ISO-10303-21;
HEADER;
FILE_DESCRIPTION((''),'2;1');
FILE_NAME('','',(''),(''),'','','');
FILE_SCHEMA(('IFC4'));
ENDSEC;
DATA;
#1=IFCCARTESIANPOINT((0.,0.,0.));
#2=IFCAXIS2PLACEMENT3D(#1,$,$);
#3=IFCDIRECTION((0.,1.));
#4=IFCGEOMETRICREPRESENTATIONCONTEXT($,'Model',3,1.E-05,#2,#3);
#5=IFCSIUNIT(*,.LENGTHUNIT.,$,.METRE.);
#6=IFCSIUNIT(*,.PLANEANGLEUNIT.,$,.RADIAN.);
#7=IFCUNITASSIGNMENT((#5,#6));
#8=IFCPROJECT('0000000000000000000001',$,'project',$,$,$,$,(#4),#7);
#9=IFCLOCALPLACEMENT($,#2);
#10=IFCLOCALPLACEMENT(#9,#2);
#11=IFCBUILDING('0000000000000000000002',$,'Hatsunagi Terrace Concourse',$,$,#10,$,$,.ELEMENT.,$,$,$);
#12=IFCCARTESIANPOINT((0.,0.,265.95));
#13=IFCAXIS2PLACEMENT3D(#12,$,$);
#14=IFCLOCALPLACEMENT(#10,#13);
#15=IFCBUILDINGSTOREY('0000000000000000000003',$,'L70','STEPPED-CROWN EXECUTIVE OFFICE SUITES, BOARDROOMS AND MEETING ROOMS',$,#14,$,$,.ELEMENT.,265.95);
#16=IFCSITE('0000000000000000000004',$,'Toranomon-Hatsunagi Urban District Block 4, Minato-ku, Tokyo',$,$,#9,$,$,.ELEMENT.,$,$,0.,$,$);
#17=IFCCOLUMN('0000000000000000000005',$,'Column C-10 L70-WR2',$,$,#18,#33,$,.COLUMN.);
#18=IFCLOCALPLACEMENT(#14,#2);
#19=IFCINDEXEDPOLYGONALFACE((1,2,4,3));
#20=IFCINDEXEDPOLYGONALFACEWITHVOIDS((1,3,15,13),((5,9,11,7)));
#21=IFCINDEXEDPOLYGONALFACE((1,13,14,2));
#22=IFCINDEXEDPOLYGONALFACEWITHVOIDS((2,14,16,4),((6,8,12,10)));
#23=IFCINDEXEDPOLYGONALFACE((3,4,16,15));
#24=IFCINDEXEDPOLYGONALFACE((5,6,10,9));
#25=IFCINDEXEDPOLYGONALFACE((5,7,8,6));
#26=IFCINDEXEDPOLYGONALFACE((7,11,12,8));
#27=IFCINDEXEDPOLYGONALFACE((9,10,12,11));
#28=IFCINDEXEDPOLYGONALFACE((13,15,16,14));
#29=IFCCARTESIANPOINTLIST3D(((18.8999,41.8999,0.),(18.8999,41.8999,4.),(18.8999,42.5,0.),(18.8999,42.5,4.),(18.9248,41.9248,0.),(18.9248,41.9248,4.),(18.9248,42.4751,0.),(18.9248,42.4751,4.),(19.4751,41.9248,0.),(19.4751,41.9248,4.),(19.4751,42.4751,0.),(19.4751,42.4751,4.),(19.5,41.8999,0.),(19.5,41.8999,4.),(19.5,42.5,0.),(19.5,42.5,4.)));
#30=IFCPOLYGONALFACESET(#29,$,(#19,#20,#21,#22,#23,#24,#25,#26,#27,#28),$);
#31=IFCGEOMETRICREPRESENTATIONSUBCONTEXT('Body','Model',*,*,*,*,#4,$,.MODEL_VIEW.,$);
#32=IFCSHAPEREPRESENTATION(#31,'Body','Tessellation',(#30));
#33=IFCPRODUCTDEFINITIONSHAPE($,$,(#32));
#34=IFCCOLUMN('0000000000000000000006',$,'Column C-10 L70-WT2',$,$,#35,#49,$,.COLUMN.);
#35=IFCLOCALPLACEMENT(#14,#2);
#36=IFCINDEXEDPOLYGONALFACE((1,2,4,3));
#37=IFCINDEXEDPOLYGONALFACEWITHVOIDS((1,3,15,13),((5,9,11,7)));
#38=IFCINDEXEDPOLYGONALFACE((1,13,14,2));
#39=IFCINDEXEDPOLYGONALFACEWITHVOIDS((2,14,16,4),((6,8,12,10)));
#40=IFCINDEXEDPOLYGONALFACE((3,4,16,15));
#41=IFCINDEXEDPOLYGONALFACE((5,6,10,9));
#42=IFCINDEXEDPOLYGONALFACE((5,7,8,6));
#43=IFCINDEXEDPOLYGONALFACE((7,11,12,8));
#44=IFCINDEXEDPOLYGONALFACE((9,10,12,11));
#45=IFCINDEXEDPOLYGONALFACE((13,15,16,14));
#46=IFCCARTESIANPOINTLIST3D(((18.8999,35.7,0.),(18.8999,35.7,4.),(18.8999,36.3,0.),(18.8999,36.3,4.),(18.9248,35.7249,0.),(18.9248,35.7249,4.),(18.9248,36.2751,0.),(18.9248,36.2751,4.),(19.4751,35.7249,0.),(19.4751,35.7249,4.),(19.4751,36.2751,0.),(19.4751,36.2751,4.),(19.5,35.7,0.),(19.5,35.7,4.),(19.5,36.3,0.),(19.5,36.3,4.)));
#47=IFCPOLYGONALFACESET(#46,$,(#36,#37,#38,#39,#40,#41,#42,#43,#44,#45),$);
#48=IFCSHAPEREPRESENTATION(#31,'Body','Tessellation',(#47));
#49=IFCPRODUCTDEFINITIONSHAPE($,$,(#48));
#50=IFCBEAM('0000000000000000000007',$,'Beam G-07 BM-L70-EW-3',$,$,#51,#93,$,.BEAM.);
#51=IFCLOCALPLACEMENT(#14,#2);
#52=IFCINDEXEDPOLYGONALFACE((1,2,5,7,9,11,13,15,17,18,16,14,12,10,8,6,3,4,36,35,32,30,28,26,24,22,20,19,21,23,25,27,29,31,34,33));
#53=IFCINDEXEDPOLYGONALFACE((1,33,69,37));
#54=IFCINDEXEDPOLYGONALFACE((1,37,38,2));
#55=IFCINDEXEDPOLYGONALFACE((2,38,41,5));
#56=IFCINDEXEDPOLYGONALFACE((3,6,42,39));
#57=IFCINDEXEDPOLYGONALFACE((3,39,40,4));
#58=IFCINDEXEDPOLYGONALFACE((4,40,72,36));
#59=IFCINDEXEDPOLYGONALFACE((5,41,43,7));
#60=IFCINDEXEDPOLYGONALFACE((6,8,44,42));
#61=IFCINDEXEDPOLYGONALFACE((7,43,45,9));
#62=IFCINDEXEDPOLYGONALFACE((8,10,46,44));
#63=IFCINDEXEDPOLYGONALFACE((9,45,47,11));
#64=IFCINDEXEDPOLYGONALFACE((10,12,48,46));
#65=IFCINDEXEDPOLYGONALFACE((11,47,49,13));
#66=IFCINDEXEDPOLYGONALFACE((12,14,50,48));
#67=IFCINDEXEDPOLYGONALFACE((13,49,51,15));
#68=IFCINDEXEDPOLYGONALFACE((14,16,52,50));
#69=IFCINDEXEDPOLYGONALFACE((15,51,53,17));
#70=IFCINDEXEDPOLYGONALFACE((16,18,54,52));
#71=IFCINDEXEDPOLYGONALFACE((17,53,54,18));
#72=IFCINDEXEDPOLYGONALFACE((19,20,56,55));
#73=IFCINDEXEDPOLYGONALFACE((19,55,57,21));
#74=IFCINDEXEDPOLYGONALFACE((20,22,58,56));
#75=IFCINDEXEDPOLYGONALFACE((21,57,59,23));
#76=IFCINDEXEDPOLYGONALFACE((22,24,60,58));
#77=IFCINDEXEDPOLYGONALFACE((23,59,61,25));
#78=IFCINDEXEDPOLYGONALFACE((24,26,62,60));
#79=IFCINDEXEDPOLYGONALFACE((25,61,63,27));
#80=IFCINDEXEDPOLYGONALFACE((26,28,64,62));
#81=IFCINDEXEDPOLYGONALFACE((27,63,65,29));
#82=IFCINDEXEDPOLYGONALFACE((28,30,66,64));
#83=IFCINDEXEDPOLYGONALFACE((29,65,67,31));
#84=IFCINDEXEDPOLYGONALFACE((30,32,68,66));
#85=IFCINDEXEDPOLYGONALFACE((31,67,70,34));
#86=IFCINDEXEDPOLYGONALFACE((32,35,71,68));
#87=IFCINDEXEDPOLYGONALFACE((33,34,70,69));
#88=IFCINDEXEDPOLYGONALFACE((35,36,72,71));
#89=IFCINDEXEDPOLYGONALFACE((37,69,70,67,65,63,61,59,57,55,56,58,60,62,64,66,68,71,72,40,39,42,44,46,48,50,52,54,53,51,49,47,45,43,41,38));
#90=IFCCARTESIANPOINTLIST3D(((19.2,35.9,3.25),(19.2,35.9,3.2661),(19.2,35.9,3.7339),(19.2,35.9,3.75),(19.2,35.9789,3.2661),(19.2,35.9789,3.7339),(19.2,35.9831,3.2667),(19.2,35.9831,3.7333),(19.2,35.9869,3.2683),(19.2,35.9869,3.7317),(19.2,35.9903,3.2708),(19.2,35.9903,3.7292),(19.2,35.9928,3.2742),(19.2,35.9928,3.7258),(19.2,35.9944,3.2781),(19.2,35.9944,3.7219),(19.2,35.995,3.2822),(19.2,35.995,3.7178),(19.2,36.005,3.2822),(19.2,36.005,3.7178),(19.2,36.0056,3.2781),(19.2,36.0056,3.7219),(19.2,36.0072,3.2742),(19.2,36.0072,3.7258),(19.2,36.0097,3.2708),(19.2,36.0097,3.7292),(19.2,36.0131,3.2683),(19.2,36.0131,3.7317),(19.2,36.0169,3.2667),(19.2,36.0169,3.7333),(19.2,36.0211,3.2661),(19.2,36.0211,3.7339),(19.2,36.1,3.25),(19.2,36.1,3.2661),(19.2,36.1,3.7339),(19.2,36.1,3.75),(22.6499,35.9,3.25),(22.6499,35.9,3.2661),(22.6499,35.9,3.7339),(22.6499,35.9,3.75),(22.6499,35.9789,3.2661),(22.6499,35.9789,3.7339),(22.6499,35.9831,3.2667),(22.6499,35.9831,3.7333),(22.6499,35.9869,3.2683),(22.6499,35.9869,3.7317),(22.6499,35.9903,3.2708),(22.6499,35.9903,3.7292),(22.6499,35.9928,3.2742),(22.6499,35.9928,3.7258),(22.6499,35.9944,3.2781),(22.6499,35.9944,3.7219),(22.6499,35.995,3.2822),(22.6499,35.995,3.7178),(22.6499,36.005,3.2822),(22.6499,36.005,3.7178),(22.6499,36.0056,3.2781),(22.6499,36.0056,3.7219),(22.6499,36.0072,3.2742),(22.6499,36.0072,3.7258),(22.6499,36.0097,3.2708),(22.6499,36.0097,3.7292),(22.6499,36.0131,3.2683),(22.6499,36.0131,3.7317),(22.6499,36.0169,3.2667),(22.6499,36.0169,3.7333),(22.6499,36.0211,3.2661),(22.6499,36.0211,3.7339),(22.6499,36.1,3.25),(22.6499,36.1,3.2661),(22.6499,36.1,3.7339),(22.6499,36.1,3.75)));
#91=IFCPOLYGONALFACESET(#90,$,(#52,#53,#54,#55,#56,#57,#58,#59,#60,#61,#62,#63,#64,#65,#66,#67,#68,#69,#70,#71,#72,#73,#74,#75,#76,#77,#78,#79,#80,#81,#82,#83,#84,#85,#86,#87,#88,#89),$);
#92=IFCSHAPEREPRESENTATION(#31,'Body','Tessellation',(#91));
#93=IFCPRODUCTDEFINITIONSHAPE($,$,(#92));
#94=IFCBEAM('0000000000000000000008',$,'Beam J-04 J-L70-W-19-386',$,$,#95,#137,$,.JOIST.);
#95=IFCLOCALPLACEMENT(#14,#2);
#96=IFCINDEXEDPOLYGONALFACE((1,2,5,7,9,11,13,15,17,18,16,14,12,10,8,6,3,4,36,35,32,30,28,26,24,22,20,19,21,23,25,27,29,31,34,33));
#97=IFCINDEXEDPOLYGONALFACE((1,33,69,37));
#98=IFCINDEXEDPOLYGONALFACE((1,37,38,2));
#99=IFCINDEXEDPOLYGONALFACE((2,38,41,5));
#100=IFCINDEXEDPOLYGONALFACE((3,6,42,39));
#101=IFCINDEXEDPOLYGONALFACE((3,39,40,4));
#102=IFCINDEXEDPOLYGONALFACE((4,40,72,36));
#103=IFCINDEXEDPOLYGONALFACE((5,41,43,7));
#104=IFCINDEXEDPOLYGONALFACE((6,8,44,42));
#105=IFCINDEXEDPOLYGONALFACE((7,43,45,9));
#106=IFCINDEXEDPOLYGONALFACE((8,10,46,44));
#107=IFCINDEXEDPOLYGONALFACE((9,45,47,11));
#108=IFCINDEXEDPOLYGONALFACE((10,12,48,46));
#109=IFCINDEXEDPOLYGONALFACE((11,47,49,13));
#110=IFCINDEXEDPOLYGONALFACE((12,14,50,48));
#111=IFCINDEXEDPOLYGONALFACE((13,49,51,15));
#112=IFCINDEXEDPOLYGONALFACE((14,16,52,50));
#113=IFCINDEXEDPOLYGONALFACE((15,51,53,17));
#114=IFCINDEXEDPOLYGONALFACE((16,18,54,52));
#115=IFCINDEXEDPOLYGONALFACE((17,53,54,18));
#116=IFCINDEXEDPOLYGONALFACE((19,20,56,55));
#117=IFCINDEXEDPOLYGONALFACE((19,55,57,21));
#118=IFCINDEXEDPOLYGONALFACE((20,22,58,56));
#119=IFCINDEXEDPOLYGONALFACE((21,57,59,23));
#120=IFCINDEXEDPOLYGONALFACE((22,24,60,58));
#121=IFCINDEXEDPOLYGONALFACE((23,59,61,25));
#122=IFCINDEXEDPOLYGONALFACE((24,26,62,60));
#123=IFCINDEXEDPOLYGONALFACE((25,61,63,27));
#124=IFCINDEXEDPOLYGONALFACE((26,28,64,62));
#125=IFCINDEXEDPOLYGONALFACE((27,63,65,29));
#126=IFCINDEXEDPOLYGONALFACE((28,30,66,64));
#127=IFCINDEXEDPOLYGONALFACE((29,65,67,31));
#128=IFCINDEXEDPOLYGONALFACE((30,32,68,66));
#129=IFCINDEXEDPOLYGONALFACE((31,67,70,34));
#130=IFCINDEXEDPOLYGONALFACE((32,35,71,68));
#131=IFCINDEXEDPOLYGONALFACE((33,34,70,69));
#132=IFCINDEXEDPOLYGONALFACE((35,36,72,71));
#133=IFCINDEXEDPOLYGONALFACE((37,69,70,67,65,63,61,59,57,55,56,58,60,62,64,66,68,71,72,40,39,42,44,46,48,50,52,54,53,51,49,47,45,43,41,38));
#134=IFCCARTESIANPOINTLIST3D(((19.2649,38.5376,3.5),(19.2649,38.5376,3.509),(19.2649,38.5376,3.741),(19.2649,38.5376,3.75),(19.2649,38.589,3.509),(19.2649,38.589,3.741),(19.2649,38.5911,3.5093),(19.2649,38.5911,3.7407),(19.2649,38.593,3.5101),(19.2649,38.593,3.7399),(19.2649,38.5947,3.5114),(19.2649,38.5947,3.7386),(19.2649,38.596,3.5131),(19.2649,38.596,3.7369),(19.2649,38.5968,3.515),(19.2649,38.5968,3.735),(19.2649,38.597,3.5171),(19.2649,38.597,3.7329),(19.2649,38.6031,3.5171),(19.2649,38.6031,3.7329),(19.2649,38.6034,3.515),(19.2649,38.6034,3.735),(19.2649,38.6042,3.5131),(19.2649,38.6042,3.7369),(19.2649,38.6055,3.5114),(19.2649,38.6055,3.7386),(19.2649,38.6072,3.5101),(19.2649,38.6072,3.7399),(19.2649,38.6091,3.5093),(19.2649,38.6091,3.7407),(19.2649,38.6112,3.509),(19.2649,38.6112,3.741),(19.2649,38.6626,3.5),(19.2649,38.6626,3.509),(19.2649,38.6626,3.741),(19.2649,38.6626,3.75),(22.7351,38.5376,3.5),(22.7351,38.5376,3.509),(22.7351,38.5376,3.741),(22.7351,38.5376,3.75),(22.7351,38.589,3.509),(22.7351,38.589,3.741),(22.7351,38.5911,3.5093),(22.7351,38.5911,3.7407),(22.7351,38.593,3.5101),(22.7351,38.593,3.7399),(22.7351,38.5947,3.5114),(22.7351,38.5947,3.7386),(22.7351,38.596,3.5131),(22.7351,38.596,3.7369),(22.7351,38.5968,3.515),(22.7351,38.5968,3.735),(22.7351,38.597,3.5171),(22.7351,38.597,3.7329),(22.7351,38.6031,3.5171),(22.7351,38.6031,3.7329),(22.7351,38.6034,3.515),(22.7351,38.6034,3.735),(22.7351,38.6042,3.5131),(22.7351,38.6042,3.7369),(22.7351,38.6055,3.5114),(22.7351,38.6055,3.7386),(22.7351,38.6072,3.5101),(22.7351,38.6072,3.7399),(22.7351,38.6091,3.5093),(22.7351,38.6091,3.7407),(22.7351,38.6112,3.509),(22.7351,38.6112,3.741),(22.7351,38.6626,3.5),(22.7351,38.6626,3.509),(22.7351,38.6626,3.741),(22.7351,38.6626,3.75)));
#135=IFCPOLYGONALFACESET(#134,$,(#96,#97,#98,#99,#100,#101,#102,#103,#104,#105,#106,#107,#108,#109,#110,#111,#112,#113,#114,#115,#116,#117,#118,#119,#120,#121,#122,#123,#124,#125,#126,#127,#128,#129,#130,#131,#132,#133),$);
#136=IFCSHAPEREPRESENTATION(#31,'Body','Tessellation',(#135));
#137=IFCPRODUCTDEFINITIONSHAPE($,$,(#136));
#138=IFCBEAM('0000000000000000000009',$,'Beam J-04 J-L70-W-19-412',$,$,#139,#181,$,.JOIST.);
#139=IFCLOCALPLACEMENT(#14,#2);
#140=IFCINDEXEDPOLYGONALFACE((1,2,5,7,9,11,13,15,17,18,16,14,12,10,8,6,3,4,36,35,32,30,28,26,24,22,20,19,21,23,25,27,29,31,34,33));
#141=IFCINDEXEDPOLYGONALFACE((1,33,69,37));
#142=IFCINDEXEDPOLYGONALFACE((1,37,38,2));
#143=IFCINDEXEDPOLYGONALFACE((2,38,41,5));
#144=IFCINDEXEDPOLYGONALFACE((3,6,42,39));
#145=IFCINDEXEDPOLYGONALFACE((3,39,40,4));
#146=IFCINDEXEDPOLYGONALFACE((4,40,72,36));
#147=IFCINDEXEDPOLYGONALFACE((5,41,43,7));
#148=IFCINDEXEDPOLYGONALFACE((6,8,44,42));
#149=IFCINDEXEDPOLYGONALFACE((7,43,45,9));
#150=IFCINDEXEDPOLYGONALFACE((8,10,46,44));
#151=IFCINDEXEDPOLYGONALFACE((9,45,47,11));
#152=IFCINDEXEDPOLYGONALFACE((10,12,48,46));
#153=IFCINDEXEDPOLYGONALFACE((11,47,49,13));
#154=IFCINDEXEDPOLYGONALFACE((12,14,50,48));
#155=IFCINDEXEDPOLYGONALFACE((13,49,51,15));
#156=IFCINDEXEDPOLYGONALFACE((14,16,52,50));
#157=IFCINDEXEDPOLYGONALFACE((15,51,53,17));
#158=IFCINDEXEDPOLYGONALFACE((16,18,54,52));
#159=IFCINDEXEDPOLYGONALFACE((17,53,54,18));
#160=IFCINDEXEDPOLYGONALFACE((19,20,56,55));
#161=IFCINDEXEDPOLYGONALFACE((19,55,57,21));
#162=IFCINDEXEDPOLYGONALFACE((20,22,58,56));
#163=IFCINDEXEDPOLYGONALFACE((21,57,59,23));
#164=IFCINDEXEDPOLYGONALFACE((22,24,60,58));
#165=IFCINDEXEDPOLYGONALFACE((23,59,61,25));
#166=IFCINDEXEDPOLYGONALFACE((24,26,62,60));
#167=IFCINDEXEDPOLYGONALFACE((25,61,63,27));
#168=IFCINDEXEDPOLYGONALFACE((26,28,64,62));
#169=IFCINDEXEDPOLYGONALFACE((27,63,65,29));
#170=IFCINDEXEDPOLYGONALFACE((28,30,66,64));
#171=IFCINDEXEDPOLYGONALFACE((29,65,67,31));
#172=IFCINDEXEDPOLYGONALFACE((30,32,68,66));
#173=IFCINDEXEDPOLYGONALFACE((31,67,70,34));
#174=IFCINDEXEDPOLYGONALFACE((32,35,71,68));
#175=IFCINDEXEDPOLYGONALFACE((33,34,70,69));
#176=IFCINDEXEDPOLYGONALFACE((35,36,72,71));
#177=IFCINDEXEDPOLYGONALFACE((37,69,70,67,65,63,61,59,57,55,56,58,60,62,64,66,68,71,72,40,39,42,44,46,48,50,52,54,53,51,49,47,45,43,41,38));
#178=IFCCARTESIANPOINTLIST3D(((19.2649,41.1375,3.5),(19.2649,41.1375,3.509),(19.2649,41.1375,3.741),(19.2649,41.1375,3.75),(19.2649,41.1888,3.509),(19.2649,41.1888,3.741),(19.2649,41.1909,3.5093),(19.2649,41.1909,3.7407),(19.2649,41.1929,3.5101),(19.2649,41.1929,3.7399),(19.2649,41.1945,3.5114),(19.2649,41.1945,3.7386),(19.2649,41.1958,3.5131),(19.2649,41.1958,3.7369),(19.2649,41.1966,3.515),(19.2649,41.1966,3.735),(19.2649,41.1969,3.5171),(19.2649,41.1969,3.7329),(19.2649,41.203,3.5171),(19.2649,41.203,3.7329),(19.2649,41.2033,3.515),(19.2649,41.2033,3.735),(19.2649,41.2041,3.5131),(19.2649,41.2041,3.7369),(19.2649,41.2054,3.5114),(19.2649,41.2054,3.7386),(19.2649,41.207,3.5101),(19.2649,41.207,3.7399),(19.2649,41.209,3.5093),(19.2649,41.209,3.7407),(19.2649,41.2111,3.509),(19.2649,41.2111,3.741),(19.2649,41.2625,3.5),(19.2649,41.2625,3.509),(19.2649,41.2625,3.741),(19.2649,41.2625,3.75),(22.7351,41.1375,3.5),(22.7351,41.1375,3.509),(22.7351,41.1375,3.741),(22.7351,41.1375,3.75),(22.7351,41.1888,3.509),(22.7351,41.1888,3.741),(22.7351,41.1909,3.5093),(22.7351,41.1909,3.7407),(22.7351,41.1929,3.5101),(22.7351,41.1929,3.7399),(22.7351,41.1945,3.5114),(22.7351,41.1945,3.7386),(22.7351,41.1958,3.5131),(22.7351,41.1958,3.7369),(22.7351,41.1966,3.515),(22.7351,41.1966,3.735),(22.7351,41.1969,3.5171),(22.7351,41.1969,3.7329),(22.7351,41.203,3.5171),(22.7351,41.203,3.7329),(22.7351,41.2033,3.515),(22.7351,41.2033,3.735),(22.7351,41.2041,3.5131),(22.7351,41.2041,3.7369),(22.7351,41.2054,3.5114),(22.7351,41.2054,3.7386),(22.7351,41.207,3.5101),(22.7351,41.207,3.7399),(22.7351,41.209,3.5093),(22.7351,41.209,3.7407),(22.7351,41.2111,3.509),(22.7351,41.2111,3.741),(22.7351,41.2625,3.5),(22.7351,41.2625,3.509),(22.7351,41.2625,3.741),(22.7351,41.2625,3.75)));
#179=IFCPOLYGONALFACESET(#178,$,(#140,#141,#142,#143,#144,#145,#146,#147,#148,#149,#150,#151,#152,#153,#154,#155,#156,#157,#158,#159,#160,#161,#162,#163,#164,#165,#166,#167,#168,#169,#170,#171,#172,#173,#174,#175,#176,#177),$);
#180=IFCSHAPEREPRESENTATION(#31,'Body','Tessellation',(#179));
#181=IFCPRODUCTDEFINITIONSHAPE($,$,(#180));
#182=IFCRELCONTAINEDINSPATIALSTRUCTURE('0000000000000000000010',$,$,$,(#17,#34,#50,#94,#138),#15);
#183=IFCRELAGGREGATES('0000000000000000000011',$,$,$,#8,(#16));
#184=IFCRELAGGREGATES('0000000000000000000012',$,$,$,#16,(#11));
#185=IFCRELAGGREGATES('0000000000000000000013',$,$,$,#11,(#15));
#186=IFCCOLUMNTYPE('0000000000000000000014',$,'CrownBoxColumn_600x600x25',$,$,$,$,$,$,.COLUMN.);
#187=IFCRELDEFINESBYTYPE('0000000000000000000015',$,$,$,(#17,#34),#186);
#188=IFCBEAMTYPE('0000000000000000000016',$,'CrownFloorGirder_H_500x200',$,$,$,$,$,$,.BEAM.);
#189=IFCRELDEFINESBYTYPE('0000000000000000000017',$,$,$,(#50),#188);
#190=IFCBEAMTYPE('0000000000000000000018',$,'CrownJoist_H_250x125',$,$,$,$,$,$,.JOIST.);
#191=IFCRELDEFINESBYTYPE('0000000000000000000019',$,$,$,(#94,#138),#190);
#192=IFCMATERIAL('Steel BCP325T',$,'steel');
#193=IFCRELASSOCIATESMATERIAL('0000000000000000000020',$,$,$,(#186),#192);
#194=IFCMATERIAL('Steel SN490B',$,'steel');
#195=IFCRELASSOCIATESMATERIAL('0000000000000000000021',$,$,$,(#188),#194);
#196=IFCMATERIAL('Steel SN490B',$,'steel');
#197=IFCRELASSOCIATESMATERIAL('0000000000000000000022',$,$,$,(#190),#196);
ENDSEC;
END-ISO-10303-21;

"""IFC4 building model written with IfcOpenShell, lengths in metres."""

from ifc_helpers import new_model, si_unit, direction, frame, origin, origin_2d, place, context, subcontext, project, spatial, hollow_rectangle, i_section, extrude, material, material_profile, profile_set, type_object, element, save


model = new_model("IFC4")

# Units and contexts
model_context = context("Model", 3, precision=1e-05, world=origin(), true_north=direction((0.0, 1.0)))
body_context = subcontext(model_context, "Body", "Model", "MODEL_VIEW")
ifc_project = project(units=[si_unit("LENGTHUNIT", "METRE"), si_unit("PLANEANGLEUNIT", "RADIAN")], contexts=[model_context])

# Site, building, storey
site_placement = place(None, origin())
site = spatial("IfcSite", under=ifc_project, at=site_placement, Name="Toranomon-Hatsunagi Urban District Block 4, Minato-ku, Tokyo", CompositionType="ELEMENT", RefElevation=0.0)
building_placement = place(site_placement, origin())
building = spatial("IfcBuilding", under=site, at=building_placement, Name="Hatsunagi Terrace Concourse", CompositionType="ELEMENT")
storey_placement = place(building_placement, frame((0.0, 0.0, 265.95)))
storey = spatial("IfcBuildingStorey", under=building, at=storey_placement, Name="L70", Description="STEPPED-CROWN EXECUTIVE OFFICE SUITES, BOARDROOMS AND MEETING ROOMS", CompositionType="ELEMENT", Elevation=265.95)

# Columns
ifc_material_1 = material(Name="Steel BCP325T", Category="steel")
ifc_material_profile_1 = material_profile(ifc_material_1, hollow_rectangle(XDim=0.6001, YDim=0.6001, WallThickness=0.0249, at=origin_2d()), Name="BCP-600x600x25")
ifc_profile_set_1 = profile_set([ifc_material_profile_1], Name="Steel BCP325T")
column_type = type_object("IfcColumnType", Name="CrownBoxColumn_600x600x25", PredefinedType="COLUMN", material=ifc_profile_set_1)
for number, where, z_axis, x_axis, name in (
    (1, (19.2, 42.2, 0.0), (0.0, 0.0, 1.0), (1.0, 0.0, 0.0), "Column C-10 L70-WR2"),
    (2, (19.2, 36.0, 0.0), (0.0, 0.0, 1.0), (1.0, 0.0, 0.0), "Column C-10 L70-WT2"),
):
    element("IfcColumn", number, at=place(storey_placement, frame(where, z_axis=z_axis, x_axis=x_axis)), inside=storey, type_object=column_type, Name=name, PredefinedType="COLUMN", context=body_context, shape_type="SweptSolid", body=[
        extrude(hollow_rectangle(XDim=0.6001, YDim=0.6001, WallThickness=0.0249, at=origin_2d()), origin(), (0.0, 0.0, 1.0), 4.0),
    ])

# Beams
ifc_material_2 = material(Name="Steel SN490B", Category="steel")
ifc_material_profile_2 = material_profile(ifc_material_2, i_section(OverallWidth=0.2, OverallDepth=0.5, WebThickness=0.01, FlangeThickness=0.0161, FilletRadius=0.0161, at=origin_2d()), Name="H-500x200x10x16")
ifc_profile_set_2 = profile_set([ifc_material_profile_2], Name="Steel SN490B")
beam_type_1 = type_object("IfcBeamType", Name="CrownFloorGirder_H_500x200", PredefinedType="BEAM", material=ifc_profile_set_2)
beam_1_placement = place(storey_placement, frame((19.2, 36.0, 3.5), z_axis=(1.0, 0.0, 0.0), x_axis=(0.0, 1.0, 0.0)))
element("IfcBeam", 3, at=beam_1_placement, inside=storey, type_object=beam_type_1, Name="Beam G-07 BM-L70-EW-3", PredefinedType="BEAM", context=body_context, shape_type="SweptSolid", body=[
    extrude(i_section(OverallWidth=0.2, OverallDepth=0.5, WebThickness=0.01, FlangeThickness=0.0161, FilletRadius=0.0161, at=origin_2d()), origin(), (0.0, 0.0, 1.0), 3.45),
])
ifc_material_3 = material(Name="Steel SN490B", Category="steel")
ifc_material_profile_3 = material_profile(ifc_material_3, i_section(OverallWidth=0.125, OverallDepth=0.25, WebThickness=0.0061, FlangeThickness=0.009, FilletRadius=0.0081, at=origin_2d()), Name="H-250x125x6x9")
ifc_profile_set_3 = profile_set([ifc_material_profile_3], Name="Steel SN490B")
beam_type_2 = type_object("IfcBeamType", Name="CrownJoist_H_250x125", PredefinedType="JOIST", material=ifc_profile_set_3)
for number, where, z_axis, x_axis, name in (
    (4, (19.2649, 38.6001, 3.625), (1.0, 0.0, 0.0), (0.0, 1.0, 0.0), "Beam J-04 J-L70-W-19-386"),
    (5, (19.2649, 41.2, 3.625), (1.0, 0.0, 0.0), (0.0, 1.0, 0.0), "Beam J-04 J-L70-W-19-412"),
):
    element("IfcBeam", number, at=place(storey_placement, frame(where, z_axis=z_axis, x_axis=x_axis)), inside=storey, type_object=beam_type_2, Name=name, PredefinedType="JOIST", context=body_context, shape_type="SweptSolid", body=[
        extrude(i_section(OverallWidth=0.125, OverallDepth=0.25, WebThickness=0.0061, FlangeThickness=0.009, FilletRadius=0.0081, at=origin_2d()), origin(), (0.0, 0.0, 1.0), 3.4702),
    ])

save(model, "model.ifc")
